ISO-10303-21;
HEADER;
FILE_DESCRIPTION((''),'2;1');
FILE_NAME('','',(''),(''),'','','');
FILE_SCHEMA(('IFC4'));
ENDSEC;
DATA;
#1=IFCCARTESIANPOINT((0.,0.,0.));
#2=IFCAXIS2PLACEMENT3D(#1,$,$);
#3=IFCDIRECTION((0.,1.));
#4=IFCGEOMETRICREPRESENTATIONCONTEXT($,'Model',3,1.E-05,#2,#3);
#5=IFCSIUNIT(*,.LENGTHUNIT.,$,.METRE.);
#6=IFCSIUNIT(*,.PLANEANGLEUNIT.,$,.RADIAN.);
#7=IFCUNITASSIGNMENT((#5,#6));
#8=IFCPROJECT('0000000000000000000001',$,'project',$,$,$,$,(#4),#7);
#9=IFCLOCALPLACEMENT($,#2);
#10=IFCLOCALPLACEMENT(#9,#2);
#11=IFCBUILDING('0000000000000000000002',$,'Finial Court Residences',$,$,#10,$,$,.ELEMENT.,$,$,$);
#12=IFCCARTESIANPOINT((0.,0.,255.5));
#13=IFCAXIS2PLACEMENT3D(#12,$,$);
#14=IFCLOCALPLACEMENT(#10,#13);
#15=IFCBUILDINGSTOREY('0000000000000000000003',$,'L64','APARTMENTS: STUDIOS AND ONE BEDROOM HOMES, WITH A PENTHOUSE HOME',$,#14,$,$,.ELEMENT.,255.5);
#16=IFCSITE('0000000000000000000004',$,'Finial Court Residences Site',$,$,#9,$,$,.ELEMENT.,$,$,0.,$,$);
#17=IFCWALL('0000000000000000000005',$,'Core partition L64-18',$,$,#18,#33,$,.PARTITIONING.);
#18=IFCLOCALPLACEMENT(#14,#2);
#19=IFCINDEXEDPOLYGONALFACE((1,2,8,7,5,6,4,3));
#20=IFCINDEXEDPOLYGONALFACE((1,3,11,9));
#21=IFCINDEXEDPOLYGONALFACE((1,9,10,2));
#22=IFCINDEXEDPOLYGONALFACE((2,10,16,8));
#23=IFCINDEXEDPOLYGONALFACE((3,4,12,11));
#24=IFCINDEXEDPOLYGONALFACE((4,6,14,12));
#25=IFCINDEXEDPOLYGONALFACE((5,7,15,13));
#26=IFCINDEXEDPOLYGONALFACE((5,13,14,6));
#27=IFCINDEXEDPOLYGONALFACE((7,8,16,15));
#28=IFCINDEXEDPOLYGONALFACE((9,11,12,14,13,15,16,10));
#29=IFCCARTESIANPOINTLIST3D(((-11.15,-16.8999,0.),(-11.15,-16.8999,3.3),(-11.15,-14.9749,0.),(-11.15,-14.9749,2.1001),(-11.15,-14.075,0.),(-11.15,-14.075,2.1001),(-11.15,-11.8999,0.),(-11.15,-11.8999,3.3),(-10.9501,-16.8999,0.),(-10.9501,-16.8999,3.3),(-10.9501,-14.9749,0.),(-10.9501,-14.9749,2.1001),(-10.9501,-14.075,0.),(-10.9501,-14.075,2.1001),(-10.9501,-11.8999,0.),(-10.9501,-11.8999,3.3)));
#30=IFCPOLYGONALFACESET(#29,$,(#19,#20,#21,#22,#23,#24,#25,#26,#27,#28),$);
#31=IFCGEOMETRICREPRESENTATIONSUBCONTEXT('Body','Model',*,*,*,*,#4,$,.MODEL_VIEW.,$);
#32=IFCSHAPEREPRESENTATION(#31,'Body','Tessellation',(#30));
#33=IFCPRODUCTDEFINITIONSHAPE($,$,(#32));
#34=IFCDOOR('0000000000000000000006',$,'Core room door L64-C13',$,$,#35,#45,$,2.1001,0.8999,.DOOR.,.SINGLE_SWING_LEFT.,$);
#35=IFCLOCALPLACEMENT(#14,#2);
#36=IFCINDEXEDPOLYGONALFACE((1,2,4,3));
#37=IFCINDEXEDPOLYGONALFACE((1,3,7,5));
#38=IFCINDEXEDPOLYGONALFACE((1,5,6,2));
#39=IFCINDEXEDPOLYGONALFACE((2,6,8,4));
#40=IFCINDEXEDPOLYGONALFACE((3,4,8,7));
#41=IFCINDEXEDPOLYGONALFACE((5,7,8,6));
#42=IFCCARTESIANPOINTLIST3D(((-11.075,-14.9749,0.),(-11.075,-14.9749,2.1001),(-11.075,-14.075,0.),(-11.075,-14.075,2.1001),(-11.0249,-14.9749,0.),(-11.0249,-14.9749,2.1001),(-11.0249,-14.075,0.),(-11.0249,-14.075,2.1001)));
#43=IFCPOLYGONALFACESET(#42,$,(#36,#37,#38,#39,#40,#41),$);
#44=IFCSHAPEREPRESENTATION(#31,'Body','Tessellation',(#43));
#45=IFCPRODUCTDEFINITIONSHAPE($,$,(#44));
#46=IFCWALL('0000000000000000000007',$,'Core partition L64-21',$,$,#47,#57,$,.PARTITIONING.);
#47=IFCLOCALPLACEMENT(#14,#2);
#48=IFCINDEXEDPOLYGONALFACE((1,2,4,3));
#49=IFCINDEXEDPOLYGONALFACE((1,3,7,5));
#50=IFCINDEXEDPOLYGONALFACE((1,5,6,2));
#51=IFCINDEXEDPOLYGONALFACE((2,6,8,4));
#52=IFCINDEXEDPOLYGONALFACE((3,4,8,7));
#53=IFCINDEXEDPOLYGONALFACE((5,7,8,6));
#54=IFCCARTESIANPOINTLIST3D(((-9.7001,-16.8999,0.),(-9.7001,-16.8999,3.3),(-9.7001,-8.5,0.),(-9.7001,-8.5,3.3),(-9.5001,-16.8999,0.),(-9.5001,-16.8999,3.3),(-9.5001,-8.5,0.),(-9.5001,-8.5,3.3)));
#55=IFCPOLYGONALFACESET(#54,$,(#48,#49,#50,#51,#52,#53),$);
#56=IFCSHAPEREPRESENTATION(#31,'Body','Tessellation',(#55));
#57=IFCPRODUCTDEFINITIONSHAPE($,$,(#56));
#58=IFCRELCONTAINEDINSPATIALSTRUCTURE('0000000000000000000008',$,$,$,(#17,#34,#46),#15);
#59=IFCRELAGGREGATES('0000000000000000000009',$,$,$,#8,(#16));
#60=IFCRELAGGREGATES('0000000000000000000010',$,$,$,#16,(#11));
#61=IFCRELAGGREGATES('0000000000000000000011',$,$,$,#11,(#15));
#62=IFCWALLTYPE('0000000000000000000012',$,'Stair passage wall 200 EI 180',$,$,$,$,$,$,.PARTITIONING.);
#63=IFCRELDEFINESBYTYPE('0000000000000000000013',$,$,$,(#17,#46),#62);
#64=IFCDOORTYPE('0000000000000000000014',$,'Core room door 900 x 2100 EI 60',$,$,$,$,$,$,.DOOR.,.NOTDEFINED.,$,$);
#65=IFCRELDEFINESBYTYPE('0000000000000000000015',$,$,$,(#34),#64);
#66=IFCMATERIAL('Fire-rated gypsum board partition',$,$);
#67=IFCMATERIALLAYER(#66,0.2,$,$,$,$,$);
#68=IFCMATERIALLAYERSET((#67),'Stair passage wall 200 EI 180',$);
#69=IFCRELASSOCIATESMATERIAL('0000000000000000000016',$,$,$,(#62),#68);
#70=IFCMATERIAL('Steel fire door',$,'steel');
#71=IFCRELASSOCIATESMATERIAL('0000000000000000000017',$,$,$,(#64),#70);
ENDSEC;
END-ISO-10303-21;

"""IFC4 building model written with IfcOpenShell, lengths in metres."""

from ifc_helpers import new_model, si_unit, direction, frame, frame_2d, origin, place, context, subcontext, project, spatial, rectangle, extrude, material, layer, layer_set, type_object, element, fill, save


model = new_model("IFC4")

# Units and contexts
model_context = context("Model", 3, precision=1e-05, world=origin(), true_north=direction((0.0, 1.0)))
body_context = subcontext(model_context, "Body", "Model", "MODEL_VIEW")
ifc_project = project(units=[si_unit("LENGTHUNIT", "METRE"), si_unit("PLANEANGLEUNIT", "RADIAN")], contexts=[model_context])

# Site, building, storey
site_placement = place(None, origin())
site = spatial("IfcSite", under=ifc_project, at=site_placement, Name="Finial Court Residences Site", CompositionType="ELEMENT", RefElevation=0.0)
building_placement = place(site_placement, origin())
building = spatial("IfcBuilding", under=site, at=building_placement, Name="Finial Court Residences", CompositionType="ELEMENT")
storey_placement = place(building_placement, frame((0.0, 0.0, 255.5)))
storey = spatial("IfcBuildingStorey", under=building, at=storey_placement, Name="L64", Description="APARTMENTS: STUDIOS AND ONE BEDROOM HOMES, WITH A PENTHOUSE HOME", CompositionType="ELEMENT", Elevation=255.5)

# Shared definitions
ifc_material_1 = material(Name="Fire-rated gypsum board partition")

# Shared definitions
ifc_material_2 = material(Name="Steel fire door", Category="steel")

# Wall, opening, door
ifc_layer_1 = layer(ifc_material_1, 0.2)
ifc_layer_set_1 = layer_set([ifc_layer_1], Name="Stair passage wall 200 EI 180")
wall_type_1 = type_object("IfcWallType", Name="Stair passage wall 200 EI 180", PredefinedType="PARTITIONING", material=ifc_layer_set_1)
wall_1_placement = place(storey_placement, frame((-11.05, -16.8999, 0.0), z_axis=(0.0, 0.0, 1.0), x_axis=(0.0, 1.0, 0.0)))
wall_1 = element("IfcWall", 1, at=wall_1_placement, inside=storey, type_object=wall_type_1, Name="Core partition L64-18", PredefinedType="PARTITIONING", context=body_context, shape_type="SweptSolid", body=[
    extrude(rectangle(XDim=5.0, YDim=0.2, at=frame_2d((2.5, 0.0))), origin(), (0.0, 0.0, 1.0), 3.3),
])
opening_1_placement = place(wall_1_placement, frame((1.925, 0.0, 0.0)))
opening_1 = element("IfcOpeningElement", 2, at=opening_1_placement, cuts=wall_1, PredefinedType="OPENING", context=body_context, shape_type="SweptSolid", body=[
    extrude(rectangle(XDim=0.8999, YDim=2.1001, at=frame_2d((0.45, 1.05))), frame((0.0, 0.1099, 0.0), z_axis=(0.0, -1.0, 0.0), x_axis=(1.0, 0.0, 0.0)), (0.0, 0.0, 1.0), 0.22),
])
door_type_1 = type_object("IfcDoorType", Name="Core room door 900 x 2100 EI 60", OperationType="NOTDEFINED", PredefinedType="DOOR", material=ifc_material_2)
door_1_placement = place(opening_1_placement, origin())
door_1 = element("IfcDoor", 3, at=door_1_placement, inside=storey, type_object=door_type_1, Name="Core room door L64-C13", OperationType="SINGLE_SWING_LEFT", OverallHeight=2.1001, OverallWidth=0.8999, PredefinedType="DOOR", context=body_context, shape_type="SweptSolid", body=[
    extrude(rectangle(XDim=0.8999, YDim=2.1001, at=frame_2d((0.45, 1.05))), frame((0.0, 0.0249, 0.0), z_axis=(0.0, -1.0, 0.0), x_axis=(1.0, 0.0, 0.0)), (0.0, 0.0, 1.0), 0.05),
])
fill(opening_1, door_1)

# Wall
wall_2_placement = place(storey_placement, frame((-9.6001, -16.8999, 0.0), z_axis=(0.0, 0.0, 1.0), x_axis=(0.0, 1.0, 0.0)))
element("IfcWall", 4, at=wall_2_placement, inside=storey, type_object=wall_type_1, Name="Core partition L64-21", PredefinedType="PARTITIONING", context=body_context, shape_type="SweptSolid", body=[
    extrude(rectangle(XDim=8.3999, YDim=0.2, at=frame_2d((4.2, 0.0))), origin(), (0.0, 0.0, 1.0), 3.3),
])

save(model, "model.ifc")
